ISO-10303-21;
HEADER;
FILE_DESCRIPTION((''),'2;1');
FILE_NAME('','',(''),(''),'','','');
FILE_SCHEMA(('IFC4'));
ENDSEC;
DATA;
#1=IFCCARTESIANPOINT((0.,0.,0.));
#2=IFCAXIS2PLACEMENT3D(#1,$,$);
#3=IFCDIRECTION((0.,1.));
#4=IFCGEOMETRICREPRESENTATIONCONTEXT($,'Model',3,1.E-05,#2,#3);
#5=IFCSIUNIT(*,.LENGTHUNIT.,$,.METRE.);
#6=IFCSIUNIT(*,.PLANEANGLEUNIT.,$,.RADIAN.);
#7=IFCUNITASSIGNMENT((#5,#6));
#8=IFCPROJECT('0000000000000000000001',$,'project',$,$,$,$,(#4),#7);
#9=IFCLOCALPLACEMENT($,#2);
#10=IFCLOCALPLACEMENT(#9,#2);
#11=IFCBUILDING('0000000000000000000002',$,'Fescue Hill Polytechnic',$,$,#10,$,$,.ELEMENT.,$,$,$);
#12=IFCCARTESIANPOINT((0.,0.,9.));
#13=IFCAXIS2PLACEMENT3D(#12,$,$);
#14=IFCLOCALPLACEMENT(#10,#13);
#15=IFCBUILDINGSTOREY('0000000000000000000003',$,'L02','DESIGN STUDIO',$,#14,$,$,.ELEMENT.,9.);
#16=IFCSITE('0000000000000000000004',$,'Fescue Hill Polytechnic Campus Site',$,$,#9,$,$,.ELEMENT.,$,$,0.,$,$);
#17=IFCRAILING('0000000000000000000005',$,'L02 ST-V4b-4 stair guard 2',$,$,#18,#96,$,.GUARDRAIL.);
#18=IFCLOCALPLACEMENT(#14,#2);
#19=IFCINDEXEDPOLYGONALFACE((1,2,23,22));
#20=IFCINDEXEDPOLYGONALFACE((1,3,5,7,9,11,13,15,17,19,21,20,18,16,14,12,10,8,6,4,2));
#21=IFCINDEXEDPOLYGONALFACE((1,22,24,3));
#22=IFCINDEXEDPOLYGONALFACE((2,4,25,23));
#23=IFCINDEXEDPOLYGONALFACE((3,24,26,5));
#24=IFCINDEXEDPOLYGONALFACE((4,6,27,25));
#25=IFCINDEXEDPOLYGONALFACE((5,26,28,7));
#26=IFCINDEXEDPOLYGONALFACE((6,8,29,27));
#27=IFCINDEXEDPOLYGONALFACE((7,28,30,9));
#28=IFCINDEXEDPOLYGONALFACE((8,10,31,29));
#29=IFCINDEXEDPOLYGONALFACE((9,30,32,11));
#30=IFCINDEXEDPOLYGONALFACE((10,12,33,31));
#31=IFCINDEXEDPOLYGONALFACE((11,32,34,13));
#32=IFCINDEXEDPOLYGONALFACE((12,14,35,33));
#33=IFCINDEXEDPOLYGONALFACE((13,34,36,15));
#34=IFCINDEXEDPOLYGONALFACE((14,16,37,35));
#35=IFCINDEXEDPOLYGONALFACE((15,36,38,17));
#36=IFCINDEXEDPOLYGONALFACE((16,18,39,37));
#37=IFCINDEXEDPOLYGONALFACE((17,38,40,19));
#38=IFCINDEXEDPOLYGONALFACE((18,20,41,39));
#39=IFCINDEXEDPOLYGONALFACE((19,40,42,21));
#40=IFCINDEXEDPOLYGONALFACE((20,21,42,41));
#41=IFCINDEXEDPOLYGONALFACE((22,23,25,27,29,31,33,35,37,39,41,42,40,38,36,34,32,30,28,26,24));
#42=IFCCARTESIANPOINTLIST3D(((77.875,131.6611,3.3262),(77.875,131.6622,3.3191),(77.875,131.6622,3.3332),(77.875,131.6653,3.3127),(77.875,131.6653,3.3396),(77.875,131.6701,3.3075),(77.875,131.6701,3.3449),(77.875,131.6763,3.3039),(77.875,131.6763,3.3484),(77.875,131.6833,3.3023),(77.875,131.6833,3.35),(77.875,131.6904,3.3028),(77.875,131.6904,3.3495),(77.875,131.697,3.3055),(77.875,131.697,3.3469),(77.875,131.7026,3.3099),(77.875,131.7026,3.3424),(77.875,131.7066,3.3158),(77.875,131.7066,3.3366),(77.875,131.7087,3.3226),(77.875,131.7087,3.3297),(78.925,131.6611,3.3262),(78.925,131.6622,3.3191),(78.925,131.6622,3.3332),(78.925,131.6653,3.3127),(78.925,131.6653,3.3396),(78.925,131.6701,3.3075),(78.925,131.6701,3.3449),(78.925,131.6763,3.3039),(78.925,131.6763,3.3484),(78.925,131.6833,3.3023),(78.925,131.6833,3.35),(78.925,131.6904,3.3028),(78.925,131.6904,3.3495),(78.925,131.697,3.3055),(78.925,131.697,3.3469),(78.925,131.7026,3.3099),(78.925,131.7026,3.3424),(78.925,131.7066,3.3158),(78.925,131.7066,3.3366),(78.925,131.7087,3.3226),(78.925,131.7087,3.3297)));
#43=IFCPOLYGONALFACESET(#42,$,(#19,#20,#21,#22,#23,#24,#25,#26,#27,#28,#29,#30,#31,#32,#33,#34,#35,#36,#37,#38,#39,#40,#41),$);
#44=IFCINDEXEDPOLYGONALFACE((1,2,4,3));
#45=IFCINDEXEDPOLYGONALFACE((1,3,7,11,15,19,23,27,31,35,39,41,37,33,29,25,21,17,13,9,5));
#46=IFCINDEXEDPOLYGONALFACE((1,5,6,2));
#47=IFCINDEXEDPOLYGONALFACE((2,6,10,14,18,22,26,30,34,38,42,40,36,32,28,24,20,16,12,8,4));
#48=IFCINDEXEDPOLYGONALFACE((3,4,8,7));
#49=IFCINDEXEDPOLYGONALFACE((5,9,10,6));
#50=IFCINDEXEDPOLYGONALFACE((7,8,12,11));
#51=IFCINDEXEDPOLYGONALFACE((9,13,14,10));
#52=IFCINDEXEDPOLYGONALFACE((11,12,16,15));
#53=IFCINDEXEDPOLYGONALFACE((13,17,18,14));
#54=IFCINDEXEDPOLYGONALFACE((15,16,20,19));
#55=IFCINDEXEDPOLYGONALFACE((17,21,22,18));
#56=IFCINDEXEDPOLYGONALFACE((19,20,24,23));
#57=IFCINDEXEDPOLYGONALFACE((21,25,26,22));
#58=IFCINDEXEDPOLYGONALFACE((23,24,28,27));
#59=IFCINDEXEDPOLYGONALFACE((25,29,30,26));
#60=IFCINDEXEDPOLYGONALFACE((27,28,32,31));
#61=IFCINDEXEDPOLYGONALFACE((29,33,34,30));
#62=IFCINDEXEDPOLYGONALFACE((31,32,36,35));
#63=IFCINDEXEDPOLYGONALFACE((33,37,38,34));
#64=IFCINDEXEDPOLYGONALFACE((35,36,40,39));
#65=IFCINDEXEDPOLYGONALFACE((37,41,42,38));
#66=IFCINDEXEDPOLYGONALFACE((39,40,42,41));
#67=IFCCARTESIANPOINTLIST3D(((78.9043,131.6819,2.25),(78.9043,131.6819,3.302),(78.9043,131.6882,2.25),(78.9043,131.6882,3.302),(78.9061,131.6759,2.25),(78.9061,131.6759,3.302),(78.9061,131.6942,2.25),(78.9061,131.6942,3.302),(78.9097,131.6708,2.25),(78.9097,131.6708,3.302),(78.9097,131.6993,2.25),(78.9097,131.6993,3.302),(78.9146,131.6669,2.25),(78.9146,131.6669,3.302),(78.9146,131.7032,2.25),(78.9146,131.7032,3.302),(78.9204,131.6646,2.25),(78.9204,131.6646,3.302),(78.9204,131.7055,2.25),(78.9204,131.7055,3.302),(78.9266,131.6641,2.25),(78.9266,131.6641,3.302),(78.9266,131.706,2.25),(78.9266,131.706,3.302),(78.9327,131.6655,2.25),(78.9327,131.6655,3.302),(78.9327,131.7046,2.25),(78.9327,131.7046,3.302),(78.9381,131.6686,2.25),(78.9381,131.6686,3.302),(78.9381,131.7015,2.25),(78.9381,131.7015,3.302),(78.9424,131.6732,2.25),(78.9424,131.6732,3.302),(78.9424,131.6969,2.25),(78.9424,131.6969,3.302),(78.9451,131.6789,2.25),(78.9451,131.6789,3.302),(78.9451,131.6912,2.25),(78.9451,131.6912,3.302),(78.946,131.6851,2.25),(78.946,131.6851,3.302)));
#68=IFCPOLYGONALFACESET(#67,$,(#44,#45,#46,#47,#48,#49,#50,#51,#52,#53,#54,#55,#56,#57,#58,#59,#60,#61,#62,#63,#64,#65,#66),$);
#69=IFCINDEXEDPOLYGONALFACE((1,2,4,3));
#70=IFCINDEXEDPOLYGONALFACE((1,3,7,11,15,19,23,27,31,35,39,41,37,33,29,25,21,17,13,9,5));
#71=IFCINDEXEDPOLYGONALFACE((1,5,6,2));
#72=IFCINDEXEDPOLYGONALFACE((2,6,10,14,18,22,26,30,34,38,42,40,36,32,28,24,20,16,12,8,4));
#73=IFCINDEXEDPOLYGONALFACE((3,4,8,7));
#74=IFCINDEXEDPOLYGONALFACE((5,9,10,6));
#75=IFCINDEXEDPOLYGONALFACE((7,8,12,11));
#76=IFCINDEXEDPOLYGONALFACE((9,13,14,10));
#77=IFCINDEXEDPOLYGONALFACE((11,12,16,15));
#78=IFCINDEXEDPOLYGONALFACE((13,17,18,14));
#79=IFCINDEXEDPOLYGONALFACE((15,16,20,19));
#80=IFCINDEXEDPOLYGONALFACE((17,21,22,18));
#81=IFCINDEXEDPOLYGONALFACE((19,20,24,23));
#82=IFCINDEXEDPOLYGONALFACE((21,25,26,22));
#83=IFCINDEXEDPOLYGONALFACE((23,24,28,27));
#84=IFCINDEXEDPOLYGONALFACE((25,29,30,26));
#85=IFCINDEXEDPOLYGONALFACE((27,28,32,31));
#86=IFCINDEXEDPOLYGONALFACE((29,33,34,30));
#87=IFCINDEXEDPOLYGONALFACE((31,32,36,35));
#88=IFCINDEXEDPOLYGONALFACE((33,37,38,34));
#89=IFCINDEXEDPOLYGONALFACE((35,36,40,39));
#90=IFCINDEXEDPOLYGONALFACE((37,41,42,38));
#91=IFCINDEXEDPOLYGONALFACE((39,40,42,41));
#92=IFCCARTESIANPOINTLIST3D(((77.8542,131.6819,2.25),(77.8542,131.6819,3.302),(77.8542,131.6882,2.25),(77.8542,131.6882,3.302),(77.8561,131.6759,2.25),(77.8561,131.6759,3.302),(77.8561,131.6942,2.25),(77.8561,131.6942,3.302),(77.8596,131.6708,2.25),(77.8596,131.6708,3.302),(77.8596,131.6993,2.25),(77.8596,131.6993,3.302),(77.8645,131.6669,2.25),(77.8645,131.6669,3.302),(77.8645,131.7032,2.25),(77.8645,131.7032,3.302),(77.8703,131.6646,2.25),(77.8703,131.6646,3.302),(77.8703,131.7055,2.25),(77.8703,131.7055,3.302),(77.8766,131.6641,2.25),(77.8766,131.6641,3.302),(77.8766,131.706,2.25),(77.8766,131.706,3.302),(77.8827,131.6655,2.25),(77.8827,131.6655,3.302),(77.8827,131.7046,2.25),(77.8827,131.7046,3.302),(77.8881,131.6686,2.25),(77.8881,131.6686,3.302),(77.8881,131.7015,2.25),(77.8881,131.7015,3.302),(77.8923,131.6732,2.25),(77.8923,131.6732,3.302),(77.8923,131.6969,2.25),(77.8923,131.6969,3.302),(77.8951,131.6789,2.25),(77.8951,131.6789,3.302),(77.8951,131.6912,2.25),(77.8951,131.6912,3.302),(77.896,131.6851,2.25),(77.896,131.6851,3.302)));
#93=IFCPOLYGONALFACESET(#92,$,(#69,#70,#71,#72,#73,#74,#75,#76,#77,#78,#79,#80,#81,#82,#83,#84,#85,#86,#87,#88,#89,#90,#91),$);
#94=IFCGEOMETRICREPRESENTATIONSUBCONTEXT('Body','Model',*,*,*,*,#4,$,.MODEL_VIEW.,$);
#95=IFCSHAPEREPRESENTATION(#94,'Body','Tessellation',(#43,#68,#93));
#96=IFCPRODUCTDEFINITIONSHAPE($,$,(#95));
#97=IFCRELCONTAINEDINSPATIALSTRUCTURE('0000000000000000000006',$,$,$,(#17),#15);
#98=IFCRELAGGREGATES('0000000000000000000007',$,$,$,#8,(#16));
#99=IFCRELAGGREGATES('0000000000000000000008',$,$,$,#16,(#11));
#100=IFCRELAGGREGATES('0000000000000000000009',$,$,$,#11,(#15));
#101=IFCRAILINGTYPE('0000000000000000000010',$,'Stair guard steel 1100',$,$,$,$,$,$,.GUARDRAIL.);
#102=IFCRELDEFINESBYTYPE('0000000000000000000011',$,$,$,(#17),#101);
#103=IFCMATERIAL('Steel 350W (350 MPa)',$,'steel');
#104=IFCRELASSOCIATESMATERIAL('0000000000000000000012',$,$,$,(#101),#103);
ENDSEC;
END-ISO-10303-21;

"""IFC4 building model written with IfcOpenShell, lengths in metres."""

from ifc_helpers import new_model, si_unit, direction, frame, origin, origin_2d, place, context, subcontext, project, spatial, circle, extrude, material, type_object, element, save


model = new_model("IFC4")

# Units and contexts
model_context = context("Model", 3, precision=1e-05, world=origin(), true_north=direction((0.0, 1.0)))
body_context = subcontext(model_context, "Body", "Model", "MODEL_VIEW")
ifc_project = project(units=[si_unit("LENGTHUNIT", "METRE"), si_unit("PLANEANGLEUNIT", "RADIAN")], contexts=[model_context])

# Site, building, storey
site_placement = place(None, origin())
site = spatial("IfcSite", under=ifc_project, at=site_placement, Name="Fescue Hill Polytechnic Campus Site", CompositionType="ELEMENT", RefElevation=0.0)
building_placement = place(site_placement, origin())
building = spatial("IfcBuilding", under=site, at=building_placement, Name="Fescue Hill Polytechnic", CompositionType="ELEMENT")
storey_placement = place(building_placement, frame((0.0, 0.0, 9.0)))
storey = spatial("IfcBuildingStorey", under=building, at=storey_placement, Name="L02", Description="DESIGN STUDIO", CompositionType="ELEMENT", Elevation=9.0)

# Railing
ifc_material_1 = material(Name="Steel 350W (350 MPa)", Category="steel")
railing_type_1 = type_object("IfcRailingType", Name="Stair guard steel 1100", PredefinedType="GUARDRAIL", material=ifc_material_1)
railing_1_placement = place(storey_placement, frame((78.925, 131.6851, 2.25)))
element("IfcRailing", 1, at=railing_1_placement, inside=storey, type_object=railing_type_1, Name="L02 ST-V4b-4 stair guard 2", PredefinedType="GUARDRAIL", context=body_context, shape_type="SweptSolid", body=[
    extrude(circle(Radius=0.0239, at=origin_2d()), frame((0.0, 0.0, 1.0762), z_axis=(-1.0, 0.0, 0.0), x_axis=(0.0, -1.0, 0.0)), (0.0, 0.0, 1.0), 1.05),
    extrude(circle(Radius=0.021, at=origin_2d()), origin(), (0.0, 0.0, 1.0), 1.052),
    extrude(circle(Radius=0.021, at=origin_2d()), frame((-1.05, 0.0, 0.0)), (0.0, 0.0, 1.0), 1.052),
])

save(model, "model.ifc")
